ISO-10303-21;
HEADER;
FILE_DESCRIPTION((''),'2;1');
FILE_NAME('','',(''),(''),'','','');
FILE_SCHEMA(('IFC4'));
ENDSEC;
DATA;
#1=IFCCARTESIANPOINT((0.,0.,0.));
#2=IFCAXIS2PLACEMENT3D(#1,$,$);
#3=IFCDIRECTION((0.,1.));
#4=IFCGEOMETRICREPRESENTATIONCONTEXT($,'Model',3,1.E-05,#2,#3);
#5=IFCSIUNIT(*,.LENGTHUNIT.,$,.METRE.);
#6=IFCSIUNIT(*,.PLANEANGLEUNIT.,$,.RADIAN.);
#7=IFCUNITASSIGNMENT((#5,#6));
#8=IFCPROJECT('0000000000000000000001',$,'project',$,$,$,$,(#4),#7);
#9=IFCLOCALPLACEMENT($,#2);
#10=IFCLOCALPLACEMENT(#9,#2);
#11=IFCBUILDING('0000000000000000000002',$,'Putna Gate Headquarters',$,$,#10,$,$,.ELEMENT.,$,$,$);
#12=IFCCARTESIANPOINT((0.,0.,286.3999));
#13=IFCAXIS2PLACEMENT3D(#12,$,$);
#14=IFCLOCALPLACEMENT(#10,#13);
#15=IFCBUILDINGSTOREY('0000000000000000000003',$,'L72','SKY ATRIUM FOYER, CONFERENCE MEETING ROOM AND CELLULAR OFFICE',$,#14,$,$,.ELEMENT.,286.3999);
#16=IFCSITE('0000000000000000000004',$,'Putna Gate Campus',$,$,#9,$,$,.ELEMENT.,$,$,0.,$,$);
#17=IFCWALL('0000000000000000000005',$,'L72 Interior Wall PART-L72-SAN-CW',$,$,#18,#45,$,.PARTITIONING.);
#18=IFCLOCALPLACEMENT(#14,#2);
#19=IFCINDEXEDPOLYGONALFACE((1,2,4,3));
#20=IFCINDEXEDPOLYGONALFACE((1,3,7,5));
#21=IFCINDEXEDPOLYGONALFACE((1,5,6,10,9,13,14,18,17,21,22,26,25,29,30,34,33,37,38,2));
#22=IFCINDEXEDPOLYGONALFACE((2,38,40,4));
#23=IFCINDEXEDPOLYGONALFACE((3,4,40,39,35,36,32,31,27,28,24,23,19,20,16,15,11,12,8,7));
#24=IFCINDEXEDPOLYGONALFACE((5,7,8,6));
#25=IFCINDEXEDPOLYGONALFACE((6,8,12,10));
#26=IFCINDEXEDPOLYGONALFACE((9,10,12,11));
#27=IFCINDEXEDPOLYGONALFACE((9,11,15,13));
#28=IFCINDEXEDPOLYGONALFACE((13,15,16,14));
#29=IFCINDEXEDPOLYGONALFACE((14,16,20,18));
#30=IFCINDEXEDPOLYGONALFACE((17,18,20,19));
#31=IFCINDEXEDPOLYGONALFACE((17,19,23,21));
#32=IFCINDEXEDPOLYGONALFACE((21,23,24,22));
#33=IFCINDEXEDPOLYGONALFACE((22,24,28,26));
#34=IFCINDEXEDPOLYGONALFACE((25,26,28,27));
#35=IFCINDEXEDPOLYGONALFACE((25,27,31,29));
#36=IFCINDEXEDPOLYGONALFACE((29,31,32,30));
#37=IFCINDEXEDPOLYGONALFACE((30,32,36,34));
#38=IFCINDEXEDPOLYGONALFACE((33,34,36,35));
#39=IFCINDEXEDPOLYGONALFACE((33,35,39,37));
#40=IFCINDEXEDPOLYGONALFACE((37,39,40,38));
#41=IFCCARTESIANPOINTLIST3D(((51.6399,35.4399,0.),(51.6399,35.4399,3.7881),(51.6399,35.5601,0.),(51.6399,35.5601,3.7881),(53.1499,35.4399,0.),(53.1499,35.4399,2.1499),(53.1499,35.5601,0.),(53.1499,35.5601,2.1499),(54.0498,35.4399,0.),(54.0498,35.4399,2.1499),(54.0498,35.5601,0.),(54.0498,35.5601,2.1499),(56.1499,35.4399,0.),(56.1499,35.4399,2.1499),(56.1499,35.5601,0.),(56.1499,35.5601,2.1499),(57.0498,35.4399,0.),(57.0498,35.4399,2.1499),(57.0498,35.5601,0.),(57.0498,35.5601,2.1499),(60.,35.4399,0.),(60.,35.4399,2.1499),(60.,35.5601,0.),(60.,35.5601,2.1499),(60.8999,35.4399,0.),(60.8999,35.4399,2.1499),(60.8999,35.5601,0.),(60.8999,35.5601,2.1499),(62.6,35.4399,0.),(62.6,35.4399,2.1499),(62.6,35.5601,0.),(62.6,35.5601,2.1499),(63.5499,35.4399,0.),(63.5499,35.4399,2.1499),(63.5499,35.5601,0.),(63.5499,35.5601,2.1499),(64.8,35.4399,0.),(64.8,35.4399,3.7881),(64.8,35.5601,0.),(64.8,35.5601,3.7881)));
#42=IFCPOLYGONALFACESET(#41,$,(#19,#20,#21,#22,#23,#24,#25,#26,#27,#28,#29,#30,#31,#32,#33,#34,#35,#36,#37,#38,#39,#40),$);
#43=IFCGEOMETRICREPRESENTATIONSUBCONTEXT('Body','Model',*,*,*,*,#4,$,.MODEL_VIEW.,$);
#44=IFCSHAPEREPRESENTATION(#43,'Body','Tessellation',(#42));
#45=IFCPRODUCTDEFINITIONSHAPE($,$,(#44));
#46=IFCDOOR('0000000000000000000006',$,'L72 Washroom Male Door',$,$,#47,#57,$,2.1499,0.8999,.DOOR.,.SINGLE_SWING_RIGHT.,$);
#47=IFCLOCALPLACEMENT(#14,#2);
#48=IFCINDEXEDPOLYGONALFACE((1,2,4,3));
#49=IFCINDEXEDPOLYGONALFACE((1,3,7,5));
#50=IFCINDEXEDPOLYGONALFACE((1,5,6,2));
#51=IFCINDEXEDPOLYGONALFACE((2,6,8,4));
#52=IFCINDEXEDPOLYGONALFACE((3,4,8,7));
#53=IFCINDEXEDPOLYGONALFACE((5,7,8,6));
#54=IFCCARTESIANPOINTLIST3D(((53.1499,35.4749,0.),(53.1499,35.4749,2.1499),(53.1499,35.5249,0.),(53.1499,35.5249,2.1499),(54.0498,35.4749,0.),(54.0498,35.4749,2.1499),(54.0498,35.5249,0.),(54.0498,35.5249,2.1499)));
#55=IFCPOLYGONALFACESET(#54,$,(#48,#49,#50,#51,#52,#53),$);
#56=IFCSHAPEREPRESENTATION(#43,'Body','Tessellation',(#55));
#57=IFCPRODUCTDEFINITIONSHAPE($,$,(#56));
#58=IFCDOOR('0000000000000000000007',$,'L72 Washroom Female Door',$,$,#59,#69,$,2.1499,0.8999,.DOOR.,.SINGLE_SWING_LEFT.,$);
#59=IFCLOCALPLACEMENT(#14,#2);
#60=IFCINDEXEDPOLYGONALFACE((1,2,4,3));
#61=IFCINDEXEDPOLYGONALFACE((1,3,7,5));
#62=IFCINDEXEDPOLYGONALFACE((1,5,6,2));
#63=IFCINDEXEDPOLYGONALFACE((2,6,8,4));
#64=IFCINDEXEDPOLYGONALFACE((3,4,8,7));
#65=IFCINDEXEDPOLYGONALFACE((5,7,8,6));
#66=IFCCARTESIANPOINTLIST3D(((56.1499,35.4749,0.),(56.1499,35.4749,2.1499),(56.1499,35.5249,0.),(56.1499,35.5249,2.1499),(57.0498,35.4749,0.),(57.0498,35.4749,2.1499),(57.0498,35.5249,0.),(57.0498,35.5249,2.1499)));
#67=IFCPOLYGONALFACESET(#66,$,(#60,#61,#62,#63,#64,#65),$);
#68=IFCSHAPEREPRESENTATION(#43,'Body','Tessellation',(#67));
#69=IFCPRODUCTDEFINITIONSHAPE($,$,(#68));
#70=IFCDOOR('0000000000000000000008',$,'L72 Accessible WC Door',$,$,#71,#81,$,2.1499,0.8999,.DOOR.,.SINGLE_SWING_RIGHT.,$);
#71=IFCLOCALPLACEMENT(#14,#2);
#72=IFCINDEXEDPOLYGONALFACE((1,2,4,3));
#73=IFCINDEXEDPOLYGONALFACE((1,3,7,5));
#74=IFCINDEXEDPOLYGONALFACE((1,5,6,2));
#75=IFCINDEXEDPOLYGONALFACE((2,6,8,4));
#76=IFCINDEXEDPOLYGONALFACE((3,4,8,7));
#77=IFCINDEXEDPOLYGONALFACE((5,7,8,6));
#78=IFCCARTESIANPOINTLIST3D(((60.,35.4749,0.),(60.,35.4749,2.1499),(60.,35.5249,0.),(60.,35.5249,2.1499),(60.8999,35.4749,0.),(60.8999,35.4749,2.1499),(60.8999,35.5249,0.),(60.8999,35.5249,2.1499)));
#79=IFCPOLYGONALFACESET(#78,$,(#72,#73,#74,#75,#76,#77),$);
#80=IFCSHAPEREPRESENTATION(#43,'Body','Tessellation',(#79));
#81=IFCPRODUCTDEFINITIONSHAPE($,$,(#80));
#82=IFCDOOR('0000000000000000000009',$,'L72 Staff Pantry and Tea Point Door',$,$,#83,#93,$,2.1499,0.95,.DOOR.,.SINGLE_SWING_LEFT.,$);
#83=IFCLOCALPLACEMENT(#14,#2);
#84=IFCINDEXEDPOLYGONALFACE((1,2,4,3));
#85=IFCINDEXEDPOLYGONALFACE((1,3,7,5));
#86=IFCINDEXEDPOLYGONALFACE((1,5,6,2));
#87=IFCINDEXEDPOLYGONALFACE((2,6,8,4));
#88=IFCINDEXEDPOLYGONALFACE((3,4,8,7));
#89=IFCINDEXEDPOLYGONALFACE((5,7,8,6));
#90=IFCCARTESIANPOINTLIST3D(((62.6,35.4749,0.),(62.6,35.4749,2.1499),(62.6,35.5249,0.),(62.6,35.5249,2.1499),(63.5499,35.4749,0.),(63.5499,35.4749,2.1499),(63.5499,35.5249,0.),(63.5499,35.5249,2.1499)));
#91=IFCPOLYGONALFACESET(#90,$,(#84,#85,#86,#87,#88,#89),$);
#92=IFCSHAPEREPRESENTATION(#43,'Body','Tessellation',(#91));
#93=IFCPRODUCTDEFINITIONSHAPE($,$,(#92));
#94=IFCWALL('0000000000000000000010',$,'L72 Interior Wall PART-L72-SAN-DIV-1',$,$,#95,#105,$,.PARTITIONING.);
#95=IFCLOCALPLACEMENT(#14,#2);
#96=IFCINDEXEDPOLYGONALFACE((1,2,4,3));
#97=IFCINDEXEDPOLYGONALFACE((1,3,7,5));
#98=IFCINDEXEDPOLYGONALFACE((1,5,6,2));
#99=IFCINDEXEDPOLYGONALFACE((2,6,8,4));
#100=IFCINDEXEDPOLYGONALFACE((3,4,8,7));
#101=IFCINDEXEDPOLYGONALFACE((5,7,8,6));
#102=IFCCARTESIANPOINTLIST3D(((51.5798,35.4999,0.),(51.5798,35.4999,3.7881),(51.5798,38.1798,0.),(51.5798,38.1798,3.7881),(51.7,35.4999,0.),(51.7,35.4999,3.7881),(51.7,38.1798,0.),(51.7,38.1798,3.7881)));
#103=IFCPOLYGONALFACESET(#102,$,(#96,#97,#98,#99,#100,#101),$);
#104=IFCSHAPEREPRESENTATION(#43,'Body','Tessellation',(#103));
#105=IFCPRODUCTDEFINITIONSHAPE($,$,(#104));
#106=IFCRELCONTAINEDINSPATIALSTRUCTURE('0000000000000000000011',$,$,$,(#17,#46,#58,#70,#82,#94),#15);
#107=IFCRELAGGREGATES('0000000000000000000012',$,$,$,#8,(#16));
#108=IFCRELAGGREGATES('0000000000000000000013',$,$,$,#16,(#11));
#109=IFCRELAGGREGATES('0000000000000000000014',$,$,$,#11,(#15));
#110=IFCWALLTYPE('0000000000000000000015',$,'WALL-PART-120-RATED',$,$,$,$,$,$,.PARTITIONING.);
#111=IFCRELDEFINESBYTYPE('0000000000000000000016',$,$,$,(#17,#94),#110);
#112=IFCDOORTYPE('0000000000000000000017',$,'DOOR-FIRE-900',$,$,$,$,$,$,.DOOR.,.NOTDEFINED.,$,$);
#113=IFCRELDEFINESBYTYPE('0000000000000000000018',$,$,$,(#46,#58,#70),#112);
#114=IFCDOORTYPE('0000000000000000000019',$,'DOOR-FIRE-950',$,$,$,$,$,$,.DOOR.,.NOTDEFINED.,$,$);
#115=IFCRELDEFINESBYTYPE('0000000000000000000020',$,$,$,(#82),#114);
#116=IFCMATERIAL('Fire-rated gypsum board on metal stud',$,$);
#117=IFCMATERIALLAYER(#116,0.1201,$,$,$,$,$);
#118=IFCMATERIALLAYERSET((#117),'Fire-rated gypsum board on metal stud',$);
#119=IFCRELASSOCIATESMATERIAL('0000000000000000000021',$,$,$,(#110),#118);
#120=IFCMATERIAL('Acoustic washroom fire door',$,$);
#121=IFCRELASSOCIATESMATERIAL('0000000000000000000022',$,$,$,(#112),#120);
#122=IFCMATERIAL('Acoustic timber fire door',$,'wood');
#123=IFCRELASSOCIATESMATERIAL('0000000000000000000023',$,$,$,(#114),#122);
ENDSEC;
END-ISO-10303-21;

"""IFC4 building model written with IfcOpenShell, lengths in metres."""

from ifc_helpers import new_model, si_unit, direction, frame, frame_2d, origin, place, context, subcontext, project, spatial, rectangle, extrude, material, layer, layer_set, type_object, element, fill, save


model = new_model("IFC4")

# Units and contexts
model_context = context("Model", 3, precision=1e-05, world=origin(), true_north=direction((0.0, 1.0)))
body_context = subcontext(model_context, "Body", "Model", "MODEL_VIEW")
ifc_project = project(units=[si_unit("LENGTHUNIT", "METRE"), si_unit("PLANEANGLEUNIT", "RADIAN")], contexts=[model_context])

# Site, building, storey
site_placement = place(None, origin())
site = spatial("IfcSite", under=ifc_project, at=site_placement, Name="Putna Gate Campus", CompositionType="ELEMENT", RefElevation=0.0)
building_placement = place(site_placement, origin())
building = spatial("IfcBuilding", under=site, at=building_placement, Name="Putna Gate Headquarters", CompositionType="ELEMENT")
storey_placement = place(building_placement, frame((0.0, 0.0, 286.3999)))
storey = spatial("IfcBuildingStorey", under=building, at=storey_placement, Name="L72", Description="SKY ATRIUM FOYER, CONFERENCE MEETING ROOM AND CELLULAR OFFICE", CompositionType="ELEMENT", Elevation=286.3999)

# Wall, openings, doors
ifc_material_1 = material(Name="Fire-rated gypsum board on metal stud")
ifc_layer_1 = layer(ifc_material_1, 0.1201)
ifc_layer_set_1 = layer_set([ifc_layer_1], Name="Fire-rated gypsum board on metal stud")
wall_type_1 = type_object("IfcWallType", Name="WALL-PART-120-RATED", PredefinedType="PARTITIONING", material=ifc_layer_set_1)
wall_1_placement = place(storey_placement, frame((51.6399, 35.5, 0.0), z_axis=(0.0, 0.0, 1.0), x_axis=(1.0, 0.0, 0.0)))
wall_1 = element("IfcWall", 1, at=wall_1_placement, inside=storey, type_object=wall_type_1, Name="L72 Interior Wall PART-L72-SAN-CW", PredefinedType="PARTITIONING", context=body_context, shape_type="SweptSolid", body=[
    extrude(rectangle(XDim=13.1602, YDim=0.1201, at=frame_2d((6.5801, 0.0))), origin(), (0.0, 0.0, 1.0), 3.7881),
])
opening_1_placement = place(wall_1_placement, frame((1.51, 0.0, 0.0)))
opening_1 = element("IfcOpeningElement", 2, at=opening_1_placement, cuts=wall_1, PredefinedType="OPENING", context=body_context, shape_type="SweptSolid", body=[
    extrude(rectangle(XDim=0.8999, YDim=2.1499, at=frame_2d((0.45, 1.075))), frame((0.0, 0.0701, 0.0), z_axis=(0.0, -1.0, 0.0), x_axis=(1.0, 0.0, 0.0)), (0.0, 0.0, 1.0), 0.1401),
])
opening_2_placement = place(wall_1_placement, frame((4.51, 0.0, 0.0)))
opening_2 = element("IfcOpeningElement", 3, at=opening_2_placement, cuts=wall_1, PredefinedType="OPENING", context=body_context, shape_type="SweptSolid", body=[
    extrude(rectangle(XDim=0.8999, YDim=2.1499, at=frame_2d((0.45, 1.075))), frame((0.0, 0.0701, 0.0), z_axis=(0.0, -1.0, 0.0), x_axis=(1.0, 0.0, 0.0)), (0.0, 0.0, 1.0), 0.1401),
])
opening_3_placement = place(wall_1_placement, frame((8.3601, 0.0, 0.0)))
opening_3 = element("IfcOpeningElement", 4, at=opening_3_placement, cuts=wall_1, PredefinedType="OPENING", context=body_context, shape_type="SweptSolid", body=[
    extrude(rectangle(XDim=0.8999, YDim=2.1499, at=frame_2d((0.45, 1.075))), frame((0.0, 0.0701, 0.0), z_axis=(0.0, -1.0, 0.0), x_axis=(1.0, 0.0, 0.0)), (0.0, 0.0, 1.0), 0.1401),
])
opening_4_placement = place(wall_1_placement, frame((10.96, 0.0, 0.0)))
opening_4 = element("IfcOpeningElement", 5, at=opening_4_placement, cuts=wall_1, PredefinedType="OPENING", context=body_context, shape_type="SweptSolid", body=[
    extrude(rectangle(XDim=0.95, YDim=2.1499, at=frame_2d((0.4751, 1.075))), frame((0.0, 0.0701, 0.0), z_axis=(0.0, -1.0, 0.0), x_axis=(1.0, 0.0, 0.0)), (0.0, 0.0, 1.0), 0.1401),
])
ifc_material_2 = material(Name="Acoustic washroom fire door")
door_type_1 = type_object("IfcDoorType", Name="DOOR-FIRE-900", OperationType="NOTDEFINED", PredefinedType="DOOR", material=ifc_material_2)
door_1_placement = place(opening_1_placement, origin())
door_1 = element("IfcDoor", 6, at=door_1_placement, inside=storey, type_object=door_type_1, Name="L72 Washroom Male Door", OperationType="SINGLE_SWING_RIGHT", OverallHeight=2.1499, OverallWidth=0.8999, PredefinedType="DOOR", context=body_context, shape_type="SweptSolid", body=[
    extrude(rectangle(XDim=0.8999, YDim=2.1499, at=frame_2d((0.45, 1.075))), frame((0.0, 0.0249, 0.0), z_axis=(0.0, -1.0, 0.0), x_axis=(1.0, 0.0, 0.0)), (0.0, 0.0, 1.0), 0.05),
])
fill(opening_1, door_1)
door_2_placement = place(opening_2_placement, origin())
door_2 = element("IfcDoor", 7, at=door_2_placement, inside=storey, type_object=door_type_1, Name="L72 Washroom Female Door", OperationType="SINGLE_SWING_LEFT", OverallHeight=2.1499, OverallWidth=0.8999, PredefinedType="DOOR", context=body_context, shape_type="SweptSolid", body=[
    extrude(rectangle(XDim=0.8999, YDim=2.1499, at=frame_2d((0.45, 1.075))), frame((0.0, 0.0249, 0.0), z_axis=(0.0, -1.0, 0.0), x_axis=(1.0, 0.0, 0.0)), (0.0, 0.0, 1.0), 0.05),
])
fill(opening_2, door_2)
door_3_placement = place(opening_3_placement, origin())
door_3 = element("IfcDoor", 8, at=door_3_placement, inside=storey, type_object=door_type_1, Name="L72 Accessible WC Door", OperationType="SINGLE_SWING_RIGHT", OverallHeight=2.1499, OverallWidth=0.8999, PredefinedType="DOOR", context=body_context, shape_type="SweptSolid", body=[
    extrude(rectangle(XDim=0.8999, YDim=2.1499, at=frame_2d((0.45, 1.075))), frame((0.0, 0.0249, 0.0), z_axis=(0.0, -1.0, 0.0), x_axis=(1.0, 0.0, 0.0)), (0.0, 0.0, 1.0), 0.05),
])
fill(opening_3, door_3)
ifc_material_3 = material(Name="Acoustic timber fire door", Category="wood")
door_type_2 = type_object("IfcDoorType", Name="DOOR-FIRE-950", OperationType="NOTDEFINED", PredefinedType="DOOR", material=ifc_material_3)
door_4_placement = place(opening_4_placement, origin())
door_4 = element("IfcDoor", 9, at=door_4_placement, inside=storey, type_object=door_type_2, Name="L72 Staff Pantry and Tea Point Door", OperationType="SINGLE_SWING_LEFT", OverallHeight=2.1499, OverallWidth=0.95, PredefinedType="DOOR", context=body_context, shape_type="SweptSolid", body=[
    extrude(rectangle(XDim=0.95, YDim=2.1499, at=frame_2d((0.4751, 1.075))), frame((0.0, 0.0249, 0.0), z_axis=(0.0, -1.0, 0.0), x_axis=(1.0, 0.0, 0.0)), (0.0, 0.0, 1.0), 0.05),
])
fill(opening_4, door_4)

# Wall
wall_2_placement = place(storey_placement, frame((51.6399, 35.5, 0.0), z_axis=(0.0, 0.0, 1.0), x_axis=(0.0, 1.0, 0.0)))
element("IfcWall", 10, at=wall_2_placement, inside=storey, type_object=wall_type_1, Name="L72 Interior Wall PART-L72-SAN-DIV-1", PredefinedType="PARTITIONING", context=body_context, shape_type="SweptSolid", body=[
    extrude(rectangle(XDim=2.6799, YDim=0.1201, at=frame_2d((1.3398, 0.0))), origin(), (0.0, 0.0, 1.0), 3.7881),
])

save(model, "model.ifc")
